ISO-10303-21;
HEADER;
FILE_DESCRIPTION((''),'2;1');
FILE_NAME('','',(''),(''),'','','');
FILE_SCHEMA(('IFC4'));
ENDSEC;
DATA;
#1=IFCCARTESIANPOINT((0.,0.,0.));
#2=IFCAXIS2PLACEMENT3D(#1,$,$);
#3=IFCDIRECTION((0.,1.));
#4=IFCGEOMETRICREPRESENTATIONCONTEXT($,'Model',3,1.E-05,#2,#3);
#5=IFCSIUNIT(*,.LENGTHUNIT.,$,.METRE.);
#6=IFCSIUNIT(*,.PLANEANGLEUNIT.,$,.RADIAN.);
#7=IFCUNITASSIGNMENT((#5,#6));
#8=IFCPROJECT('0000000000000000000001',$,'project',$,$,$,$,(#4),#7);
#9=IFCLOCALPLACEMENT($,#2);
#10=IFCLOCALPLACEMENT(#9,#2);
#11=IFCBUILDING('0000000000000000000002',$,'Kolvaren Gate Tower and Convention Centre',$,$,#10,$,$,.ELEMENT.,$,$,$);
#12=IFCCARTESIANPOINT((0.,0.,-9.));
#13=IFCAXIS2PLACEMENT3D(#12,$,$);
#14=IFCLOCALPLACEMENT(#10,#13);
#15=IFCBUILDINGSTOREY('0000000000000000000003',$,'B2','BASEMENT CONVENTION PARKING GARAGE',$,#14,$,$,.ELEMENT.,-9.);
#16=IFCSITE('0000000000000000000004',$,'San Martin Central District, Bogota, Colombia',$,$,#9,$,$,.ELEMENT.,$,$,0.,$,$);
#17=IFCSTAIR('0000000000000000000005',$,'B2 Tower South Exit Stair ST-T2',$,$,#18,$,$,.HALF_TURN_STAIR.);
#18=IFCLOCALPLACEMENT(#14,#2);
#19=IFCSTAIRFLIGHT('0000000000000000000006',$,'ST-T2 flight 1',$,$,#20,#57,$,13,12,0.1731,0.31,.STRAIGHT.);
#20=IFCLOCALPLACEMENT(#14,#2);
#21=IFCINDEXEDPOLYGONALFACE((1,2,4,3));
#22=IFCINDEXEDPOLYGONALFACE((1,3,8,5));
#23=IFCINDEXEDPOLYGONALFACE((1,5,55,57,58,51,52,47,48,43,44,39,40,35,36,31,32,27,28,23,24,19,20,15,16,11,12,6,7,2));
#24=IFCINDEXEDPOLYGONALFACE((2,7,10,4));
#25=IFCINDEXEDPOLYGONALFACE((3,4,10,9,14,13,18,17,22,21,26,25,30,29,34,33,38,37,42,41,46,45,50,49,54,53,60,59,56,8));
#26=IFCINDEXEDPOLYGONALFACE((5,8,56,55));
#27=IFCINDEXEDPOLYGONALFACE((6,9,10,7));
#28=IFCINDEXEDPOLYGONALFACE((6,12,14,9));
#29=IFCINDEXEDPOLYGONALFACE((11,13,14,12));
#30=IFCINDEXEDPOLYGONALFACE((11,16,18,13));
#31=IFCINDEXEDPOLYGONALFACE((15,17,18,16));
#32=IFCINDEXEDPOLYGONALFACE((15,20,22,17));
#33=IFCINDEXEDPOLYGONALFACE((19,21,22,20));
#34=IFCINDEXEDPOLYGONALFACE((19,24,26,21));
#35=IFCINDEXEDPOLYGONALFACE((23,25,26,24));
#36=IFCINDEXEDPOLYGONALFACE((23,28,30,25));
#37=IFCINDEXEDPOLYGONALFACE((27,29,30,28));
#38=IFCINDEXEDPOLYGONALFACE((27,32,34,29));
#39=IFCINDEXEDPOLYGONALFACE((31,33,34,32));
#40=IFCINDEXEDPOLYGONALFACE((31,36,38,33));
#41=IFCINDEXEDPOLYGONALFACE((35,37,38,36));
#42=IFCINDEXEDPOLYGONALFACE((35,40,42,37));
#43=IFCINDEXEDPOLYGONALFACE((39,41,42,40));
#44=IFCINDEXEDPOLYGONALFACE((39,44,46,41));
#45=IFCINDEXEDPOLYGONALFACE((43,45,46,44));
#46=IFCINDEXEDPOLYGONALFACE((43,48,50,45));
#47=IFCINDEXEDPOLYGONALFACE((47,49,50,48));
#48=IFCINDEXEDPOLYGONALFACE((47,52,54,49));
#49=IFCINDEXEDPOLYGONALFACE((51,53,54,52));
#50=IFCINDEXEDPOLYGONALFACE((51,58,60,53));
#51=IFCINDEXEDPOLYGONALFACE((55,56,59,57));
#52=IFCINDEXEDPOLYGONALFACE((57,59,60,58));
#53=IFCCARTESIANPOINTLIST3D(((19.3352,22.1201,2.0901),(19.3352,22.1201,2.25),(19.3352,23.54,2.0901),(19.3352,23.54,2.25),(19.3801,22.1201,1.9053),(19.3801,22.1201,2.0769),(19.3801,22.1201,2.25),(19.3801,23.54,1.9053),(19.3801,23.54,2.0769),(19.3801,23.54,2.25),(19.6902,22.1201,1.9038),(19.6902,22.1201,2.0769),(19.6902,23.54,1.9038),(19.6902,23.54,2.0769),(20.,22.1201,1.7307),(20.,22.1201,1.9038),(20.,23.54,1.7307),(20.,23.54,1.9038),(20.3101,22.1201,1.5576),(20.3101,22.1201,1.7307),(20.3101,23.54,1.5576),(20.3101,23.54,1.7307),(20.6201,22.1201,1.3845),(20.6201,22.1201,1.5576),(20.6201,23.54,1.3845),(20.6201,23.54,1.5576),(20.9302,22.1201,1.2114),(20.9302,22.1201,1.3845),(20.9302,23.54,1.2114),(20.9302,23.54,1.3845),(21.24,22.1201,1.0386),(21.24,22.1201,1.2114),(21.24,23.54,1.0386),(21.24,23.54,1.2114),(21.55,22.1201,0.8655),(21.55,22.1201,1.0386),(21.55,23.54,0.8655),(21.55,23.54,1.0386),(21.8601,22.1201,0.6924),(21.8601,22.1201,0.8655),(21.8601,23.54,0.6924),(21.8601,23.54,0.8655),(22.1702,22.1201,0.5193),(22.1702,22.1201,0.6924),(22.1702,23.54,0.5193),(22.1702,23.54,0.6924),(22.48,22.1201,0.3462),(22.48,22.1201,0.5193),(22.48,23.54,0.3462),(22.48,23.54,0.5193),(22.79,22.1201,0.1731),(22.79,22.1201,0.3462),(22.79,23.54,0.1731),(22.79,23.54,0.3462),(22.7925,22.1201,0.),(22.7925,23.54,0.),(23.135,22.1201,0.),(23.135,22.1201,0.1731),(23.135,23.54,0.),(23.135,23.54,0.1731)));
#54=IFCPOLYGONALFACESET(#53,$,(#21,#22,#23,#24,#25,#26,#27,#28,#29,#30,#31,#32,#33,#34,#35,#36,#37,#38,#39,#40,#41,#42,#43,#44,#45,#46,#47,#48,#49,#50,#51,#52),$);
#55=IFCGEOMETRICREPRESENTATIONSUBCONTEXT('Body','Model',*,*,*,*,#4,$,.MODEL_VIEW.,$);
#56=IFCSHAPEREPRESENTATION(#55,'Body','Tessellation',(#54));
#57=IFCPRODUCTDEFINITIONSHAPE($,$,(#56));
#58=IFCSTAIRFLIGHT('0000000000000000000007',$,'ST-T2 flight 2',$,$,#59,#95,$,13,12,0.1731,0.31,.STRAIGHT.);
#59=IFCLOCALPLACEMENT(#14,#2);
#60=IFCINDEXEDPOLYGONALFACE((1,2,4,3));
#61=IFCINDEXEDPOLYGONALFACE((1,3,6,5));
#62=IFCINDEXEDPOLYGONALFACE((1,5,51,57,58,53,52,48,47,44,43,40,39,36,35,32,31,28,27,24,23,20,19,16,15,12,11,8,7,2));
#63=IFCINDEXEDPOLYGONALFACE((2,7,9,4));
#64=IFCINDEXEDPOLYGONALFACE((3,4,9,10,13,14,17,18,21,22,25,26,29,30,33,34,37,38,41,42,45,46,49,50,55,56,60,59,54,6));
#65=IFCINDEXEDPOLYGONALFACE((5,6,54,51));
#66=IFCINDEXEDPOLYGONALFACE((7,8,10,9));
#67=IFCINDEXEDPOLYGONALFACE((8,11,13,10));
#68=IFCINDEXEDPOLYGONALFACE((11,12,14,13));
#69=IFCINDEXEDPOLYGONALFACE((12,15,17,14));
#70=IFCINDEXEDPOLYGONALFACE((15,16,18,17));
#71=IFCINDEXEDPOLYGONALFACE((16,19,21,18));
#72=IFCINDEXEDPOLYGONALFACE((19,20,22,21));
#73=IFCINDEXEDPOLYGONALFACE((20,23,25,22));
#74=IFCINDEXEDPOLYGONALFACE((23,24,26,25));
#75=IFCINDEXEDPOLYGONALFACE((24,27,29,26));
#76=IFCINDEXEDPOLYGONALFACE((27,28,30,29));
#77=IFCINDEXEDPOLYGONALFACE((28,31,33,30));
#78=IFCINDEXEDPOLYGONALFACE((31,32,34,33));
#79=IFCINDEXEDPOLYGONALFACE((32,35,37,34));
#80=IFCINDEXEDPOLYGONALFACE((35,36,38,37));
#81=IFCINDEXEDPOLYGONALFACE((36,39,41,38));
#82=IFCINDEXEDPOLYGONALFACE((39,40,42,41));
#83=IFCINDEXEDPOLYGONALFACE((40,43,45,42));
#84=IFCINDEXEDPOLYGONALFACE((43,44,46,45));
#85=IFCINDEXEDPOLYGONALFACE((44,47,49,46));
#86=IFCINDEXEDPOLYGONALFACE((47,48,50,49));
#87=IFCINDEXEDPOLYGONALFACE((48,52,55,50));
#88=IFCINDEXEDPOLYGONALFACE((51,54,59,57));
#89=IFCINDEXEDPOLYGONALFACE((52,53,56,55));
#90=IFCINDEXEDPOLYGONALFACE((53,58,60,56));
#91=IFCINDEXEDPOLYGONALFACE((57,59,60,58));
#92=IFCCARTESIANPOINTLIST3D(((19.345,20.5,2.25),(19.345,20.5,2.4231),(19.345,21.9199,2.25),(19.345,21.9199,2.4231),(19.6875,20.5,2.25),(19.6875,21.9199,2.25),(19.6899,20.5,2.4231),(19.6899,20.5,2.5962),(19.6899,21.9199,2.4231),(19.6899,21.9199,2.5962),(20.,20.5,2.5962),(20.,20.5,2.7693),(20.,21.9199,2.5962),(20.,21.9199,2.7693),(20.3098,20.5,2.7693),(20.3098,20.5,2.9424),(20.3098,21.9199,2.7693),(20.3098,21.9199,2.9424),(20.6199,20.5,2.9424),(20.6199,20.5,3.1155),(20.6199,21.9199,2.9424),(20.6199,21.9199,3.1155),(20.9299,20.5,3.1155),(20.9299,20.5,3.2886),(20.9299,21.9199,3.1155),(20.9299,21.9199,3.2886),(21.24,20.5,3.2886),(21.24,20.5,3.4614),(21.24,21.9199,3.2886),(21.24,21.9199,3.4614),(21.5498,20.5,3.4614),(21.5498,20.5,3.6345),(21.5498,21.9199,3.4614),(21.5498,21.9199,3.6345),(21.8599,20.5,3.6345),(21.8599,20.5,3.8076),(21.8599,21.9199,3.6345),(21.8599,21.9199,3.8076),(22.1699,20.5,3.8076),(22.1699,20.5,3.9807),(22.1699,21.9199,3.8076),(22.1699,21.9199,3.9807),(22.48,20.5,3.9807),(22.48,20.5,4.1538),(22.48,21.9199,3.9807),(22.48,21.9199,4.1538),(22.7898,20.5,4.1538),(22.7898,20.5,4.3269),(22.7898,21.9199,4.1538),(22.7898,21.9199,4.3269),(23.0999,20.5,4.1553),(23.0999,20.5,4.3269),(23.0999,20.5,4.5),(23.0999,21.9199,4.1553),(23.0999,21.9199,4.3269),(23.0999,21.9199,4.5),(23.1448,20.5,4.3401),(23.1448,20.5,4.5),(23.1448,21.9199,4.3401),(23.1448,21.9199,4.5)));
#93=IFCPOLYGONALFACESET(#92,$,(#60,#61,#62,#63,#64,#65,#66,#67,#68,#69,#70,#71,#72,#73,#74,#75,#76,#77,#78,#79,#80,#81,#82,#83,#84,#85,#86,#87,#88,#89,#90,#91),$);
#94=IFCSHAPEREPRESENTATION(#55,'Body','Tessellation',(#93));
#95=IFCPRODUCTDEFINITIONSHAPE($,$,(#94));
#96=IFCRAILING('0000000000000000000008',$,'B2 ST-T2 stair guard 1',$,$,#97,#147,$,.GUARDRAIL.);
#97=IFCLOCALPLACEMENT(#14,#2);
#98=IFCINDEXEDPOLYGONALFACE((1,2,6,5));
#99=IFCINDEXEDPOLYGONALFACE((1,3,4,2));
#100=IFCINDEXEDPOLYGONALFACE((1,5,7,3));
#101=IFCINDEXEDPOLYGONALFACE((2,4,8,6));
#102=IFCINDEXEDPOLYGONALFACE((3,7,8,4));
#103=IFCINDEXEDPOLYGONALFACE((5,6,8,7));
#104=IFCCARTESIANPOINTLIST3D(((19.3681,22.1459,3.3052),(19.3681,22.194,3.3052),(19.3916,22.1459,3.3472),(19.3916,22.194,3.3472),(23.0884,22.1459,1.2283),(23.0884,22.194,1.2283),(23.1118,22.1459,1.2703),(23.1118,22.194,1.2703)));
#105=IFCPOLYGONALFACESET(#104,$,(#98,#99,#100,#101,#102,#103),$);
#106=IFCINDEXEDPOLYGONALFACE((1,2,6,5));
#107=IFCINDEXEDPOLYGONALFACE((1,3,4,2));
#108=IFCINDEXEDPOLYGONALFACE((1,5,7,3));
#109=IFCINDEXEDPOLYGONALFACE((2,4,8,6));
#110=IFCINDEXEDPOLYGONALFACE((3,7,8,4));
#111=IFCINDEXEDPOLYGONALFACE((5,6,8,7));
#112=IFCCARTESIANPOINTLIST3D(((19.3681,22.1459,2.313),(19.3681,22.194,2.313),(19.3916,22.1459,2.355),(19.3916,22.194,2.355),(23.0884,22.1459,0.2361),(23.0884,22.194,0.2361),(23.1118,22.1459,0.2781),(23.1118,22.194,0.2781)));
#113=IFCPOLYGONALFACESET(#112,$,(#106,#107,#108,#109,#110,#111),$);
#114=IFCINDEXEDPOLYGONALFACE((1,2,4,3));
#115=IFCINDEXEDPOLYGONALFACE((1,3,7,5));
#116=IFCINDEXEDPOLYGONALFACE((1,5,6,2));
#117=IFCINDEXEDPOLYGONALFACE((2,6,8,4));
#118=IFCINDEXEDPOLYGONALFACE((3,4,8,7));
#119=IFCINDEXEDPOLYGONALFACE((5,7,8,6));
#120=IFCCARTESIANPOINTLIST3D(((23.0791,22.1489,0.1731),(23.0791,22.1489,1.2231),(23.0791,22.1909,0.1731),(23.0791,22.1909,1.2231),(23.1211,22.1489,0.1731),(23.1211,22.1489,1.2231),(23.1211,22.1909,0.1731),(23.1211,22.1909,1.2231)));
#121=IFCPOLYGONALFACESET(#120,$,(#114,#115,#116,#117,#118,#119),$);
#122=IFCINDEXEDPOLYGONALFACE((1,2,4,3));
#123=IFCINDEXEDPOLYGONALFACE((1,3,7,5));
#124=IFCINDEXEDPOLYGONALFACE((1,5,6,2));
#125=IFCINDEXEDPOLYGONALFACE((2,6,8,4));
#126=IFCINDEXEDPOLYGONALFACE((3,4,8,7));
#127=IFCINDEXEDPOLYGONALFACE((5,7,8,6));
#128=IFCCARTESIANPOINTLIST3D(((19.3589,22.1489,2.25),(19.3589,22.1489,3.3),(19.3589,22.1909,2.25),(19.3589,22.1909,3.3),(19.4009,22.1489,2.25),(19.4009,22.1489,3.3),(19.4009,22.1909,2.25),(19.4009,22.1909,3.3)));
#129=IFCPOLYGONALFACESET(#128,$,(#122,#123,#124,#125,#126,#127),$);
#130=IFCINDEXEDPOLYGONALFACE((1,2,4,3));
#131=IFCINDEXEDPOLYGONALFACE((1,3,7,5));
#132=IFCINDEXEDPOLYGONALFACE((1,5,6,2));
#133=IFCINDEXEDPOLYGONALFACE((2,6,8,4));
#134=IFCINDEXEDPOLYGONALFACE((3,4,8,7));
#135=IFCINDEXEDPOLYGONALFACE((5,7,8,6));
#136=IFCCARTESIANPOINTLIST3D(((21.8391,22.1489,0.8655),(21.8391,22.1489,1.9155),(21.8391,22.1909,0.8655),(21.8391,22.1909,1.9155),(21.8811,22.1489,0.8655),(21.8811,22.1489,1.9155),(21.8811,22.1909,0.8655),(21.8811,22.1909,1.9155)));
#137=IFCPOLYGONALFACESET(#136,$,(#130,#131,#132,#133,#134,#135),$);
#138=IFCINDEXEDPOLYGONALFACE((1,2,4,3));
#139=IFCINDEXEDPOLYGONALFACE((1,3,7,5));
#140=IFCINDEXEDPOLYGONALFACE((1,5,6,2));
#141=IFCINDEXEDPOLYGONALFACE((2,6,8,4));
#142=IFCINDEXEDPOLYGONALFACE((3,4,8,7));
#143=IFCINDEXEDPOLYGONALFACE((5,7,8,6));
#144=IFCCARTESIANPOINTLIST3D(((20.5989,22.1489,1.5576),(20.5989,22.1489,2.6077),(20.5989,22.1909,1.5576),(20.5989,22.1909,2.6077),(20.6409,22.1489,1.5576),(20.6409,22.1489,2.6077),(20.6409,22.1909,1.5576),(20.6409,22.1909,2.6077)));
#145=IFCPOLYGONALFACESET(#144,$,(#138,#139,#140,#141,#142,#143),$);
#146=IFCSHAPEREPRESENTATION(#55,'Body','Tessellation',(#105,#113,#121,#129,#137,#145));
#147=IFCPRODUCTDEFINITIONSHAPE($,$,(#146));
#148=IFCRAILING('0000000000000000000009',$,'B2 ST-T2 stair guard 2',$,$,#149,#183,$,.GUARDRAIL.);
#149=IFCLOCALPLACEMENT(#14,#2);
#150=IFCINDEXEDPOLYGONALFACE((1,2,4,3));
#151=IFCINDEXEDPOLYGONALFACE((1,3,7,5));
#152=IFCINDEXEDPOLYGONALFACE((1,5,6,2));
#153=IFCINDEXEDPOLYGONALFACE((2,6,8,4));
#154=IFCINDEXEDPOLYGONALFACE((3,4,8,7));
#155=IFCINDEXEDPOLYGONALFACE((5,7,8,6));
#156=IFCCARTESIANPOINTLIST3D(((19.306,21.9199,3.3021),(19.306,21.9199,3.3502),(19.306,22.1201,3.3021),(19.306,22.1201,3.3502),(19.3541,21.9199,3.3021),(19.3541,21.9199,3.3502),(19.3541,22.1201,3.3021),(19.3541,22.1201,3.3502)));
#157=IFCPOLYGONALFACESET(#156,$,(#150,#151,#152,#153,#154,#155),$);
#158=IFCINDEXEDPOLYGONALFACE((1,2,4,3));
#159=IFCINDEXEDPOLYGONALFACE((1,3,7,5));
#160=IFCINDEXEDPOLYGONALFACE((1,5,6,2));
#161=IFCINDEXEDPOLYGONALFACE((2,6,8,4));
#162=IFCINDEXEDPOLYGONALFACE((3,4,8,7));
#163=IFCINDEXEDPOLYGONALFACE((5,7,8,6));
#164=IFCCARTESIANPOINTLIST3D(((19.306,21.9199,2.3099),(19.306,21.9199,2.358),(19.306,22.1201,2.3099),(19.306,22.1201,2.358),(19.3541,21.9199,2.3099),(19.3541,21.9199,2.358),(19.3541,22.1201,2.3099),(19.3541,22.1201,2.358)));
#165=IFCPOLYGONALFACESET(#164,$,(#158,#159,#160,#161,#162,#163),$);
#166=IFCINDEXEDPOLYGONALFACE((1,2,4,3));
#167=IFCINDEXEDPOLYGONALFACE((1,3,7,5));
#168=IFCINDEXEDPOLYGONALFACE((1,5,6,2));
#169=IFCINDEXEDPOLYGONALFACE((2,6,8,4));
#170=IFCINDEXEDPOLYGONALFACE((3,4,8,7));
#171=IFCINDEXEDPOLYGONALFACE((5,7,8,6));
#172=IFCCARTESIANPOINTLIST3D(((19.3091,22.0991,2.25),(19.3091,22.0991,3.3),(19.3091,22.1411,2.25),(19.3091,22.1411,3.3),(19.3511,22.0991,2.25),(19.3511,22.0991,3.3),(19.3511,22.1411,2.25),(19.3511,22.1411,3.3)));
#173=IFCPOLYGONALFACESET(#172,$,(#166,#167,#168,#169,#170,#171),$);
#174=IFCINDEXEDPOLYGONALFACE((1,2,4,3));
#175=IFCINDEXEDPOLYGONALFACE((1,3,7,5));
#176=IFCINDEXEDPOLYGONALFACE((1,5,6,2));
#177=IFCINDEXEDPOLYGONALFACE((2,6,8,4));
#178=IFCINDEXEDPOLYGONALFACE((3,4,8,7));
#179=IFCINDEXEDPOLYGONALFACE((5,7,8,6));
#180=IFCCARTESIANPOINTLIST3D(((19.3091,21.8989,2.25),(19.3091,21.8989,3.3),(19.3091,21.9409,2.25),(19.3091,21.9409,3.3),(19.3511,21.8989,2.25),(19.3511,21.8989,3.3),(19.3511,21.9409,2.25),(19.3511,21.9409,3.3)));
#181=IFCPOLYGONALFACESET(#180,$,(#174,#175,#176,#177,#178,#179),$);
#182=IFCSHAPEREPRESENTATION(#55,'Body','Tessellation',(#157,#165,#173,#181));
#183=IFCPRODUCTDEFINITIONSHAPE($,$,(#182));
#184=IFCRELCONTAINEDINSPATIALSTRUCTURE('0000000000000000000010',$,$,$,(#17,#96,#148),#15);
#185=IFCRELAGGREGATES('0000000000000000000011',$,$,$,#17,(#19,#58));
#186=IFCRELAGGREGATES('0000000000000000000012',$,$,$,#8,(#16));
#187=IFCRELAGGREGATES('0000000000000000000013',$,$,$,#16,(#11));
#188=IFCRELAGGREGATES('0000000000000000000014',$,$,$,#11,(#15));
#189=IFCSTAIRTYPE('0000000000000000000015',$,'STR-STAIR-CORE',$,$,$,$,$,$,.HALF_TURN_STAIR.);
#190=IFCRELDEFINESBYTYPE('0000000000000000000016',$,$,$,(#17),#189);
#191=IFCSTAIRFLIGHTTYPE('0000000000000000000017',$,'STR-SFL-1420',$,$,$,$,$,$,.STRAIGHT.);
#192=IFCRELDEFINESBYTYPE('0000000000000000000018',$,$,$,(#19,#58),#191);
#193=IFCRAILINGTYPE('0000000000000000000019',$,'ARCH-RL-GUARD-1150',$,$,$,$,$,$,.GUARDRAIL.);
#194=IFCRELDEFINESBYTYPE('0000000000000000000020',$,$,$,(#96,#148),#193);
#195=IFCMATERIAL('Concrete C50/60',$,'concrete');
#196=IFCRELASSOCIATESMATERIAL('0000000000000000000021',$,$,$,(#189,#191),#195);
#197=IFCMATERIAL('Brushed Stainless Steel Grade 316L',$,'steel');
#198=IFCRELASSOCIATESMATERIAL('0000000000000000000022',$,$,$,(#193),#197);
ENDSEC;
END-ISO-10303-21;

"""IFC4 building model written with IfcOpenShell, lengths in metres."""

from ifc_helpers import new_model, si_unit, direction, frame, origin, origin_2d, place, context, subcontext, project, spatial, polyline, rectangle, outline, extrude, material, type_object, element, aggregate, save


model = new_model("IFC4")

# Units and contexts
model_context = context("Model", 3, precision=1e-05, world=origin(), true_north=direction((0.0, 1.0)))
body_context = subcontext(model_context, "Body", "Model", "MODEL_VIEW")
ifc_project = project(units=[si_unit("LENGTHUNIT", "METRE"), si_unit("PLANEANGLEUNIT", "RADIAN")], contexts=[model_context])

# Site, building, storey
site_placement = place(None, origin())
site = spatial("IfcSite", under=ifc_project, at=site_placement, Name="San Martin Central District, Bogota, Colombia", CompositionType="ELEMENT", RefElevation=0.0)
building_placement = place(site_placement, origin())
building = spatial("IfcBuilding", under=site, at=building_placement, Name="Kolvaren Gate Tower and Convention Centre", CompositionType="ELEMENT")
storey_placement = place(building_placement, frame((0.0, 0.0, -9.0)))
storey = spatial("IfcBuildingStorey", under=building, at=storey_placement, Name="B2", Description="BASEMENT CONVENTION PARKING GARAGE", CompositionType="ELEMENT", Elevation=-9.0)

# Shared definitions
ifc_material_1 = material(Name="Brushed Stainless Steel Grade 316L", Category="steel")

# Shared definitions
ifc_material_2 = material(Name="Concrete C50/60", Category="concrete")

# Stair, stair flights
stair_type = type_object("IfcStairType", Name="STR-STAIR-CORE", PredefinedType="HALF_TURN_STAIR", material=ifc_material_2)
stair_placement = place(storey_placement, origin())
stair = element("IfcStair", 1, at=stair_placement, inside=storey, type_object=stair_type, Name="B2 Tower South Exit Stair ST-T2", PredefinedType="HALF_TURN_STAIR")
stair_flight_type = type_object("IfcStairFlightType", Name="STR-SFL-1420", PredefinedType="STRAIGHT", material=ifc_material_2)
stair_flight_1_placement = place(storey_placement, frame((23.1001, 22.8301, 0.0), z_axis=(0.0, 0.0, 1.0), x_axis=(-1.0, 0.0, 0.0)))
stair_flight_1 = element("IfcStairFlight", 2, at=stair_flight_1_placement, type_object=stair_flight_type, Name="ST-T2 flight 1", NumberOfRisers=13, NumberOfTreads=12, PredefinedType="STRAIGHT", RiserHeight=0.1731, TreadLength=0.31, context=body_context, shape_type="SweptSolid", body=[
    extrude(outline(polyline([(-0.0349, 0.0), (-0.0349, 0.1731), (0.3101, 0.1731), (0.3101, 0.3462), (0.6201, 0.3462), (0.6201, 0.5193), (0.9299, 0.5193), (0.9299, 0.6924), (1.24, 0.6924), (1.24, 0.8655), (1.55, 0.8655), (1.55, 1.0386), (1.8601, 1.0386), (1.8601, 1.2114), (2.1699, 1.2114), (2.1699, 1.3845), (2.48, 1.3845), (2.48, 1.5576), (2.79, 1.5576), (2.79, 1.7307), (3.1001, 1.7307), (3.1001, 1.9038), (3.4099, 1.9038), (3.4099, 2.0769), (3.72, 2.0769), (3.72, 2.25), (3.7649, 2.25), (3.7649, 2.0901), (3.72, 1.9053), (0.3076, 0.0), (-0.0349, 0.0)])), frame((0.0, 0.71, 0.0), z_axis=(0.0, -1.0, 0.0), x_axis=(1.0, 0.0, 0.0)), (0.0, 0.0, 1.0), 1.4199),
])
stair_flight_2_placement = place(storey_placement, frame((19.3799, 21.21, 2.25), z_axis=(0.0, 0.0, 1.0), x_axis=(1.0, 0.0, 0.0)))
stair_flight_2 = element("IfcStairFlight", 3, at=stair_flight_2_placement, type_object=stair_flight_type, Name="ST-T2 flight 2", NumberOfRisers=13, NumberOfTreads=12, PredefinedType="STRAIGHT", RiserHeight=0.1731, TreadLength=0.31, context=body_context, shape_type="SweptSolid", body=[
    extrude(outline(polyline([(-0.0349, 0.0), (-0.0349, 0.1731), (0.3101, 0.1731), (0.3101, 0.3462), (0.6201, 0.3462), (0.6201, 0.5193), (0.9299, 0.5193), (0.9299, 0.6924), (1.24, 0.6924), (1.24, 0.8655), (1.55, 0.8655), (1.55, 1.0386), (1.8601, 1.0386), (1.8601, 1.2114), (2.1699, 1.2114), (2.1699, 1.3845), (2.48, 1.3845), (2.48, 1.5576), (2.79, 1.5576), (2.79, 1.7307), (3.1001, 1.7307), (3.1001, 1.9038), (3.4099, 1.9038), (3.4099, 2.0769), (3.72, 2.0769), (3.72, 2.25), (3.7649, 2.25), (3.7649, 2.0901), (3.72, 1.9053), (0.3076, 0.0), (-0.0349, 0.0)])), frame((0.0, 0.71, 0.0), z_axis=(0.0, -1.0, 0.0), x_axis=(1.0, 0.0, 0.0)), (0.0, 0.0, 1.0), 1.4199),
])
aggregate(stair, [stair_flight_1, stair_flight_2])

# Railings
railing_type_1 = type_object("IfcRailingType", Name="ARCH-RL-GUARD-1150", PredefinedType="GUARDRAIL", material=ifc_material_1)
railing_1_placement = place(storey_placement, frame((23.1001, 22.1699, 0.1731)))
element("IfcRailing", 4, at=railing_1_placement, inside=storey, type_object=railing_type_1, Name="B2 ST-T2 stair guard 1", PredefinedType="GUARDRAIL", context=body_context, shape_type="SweptSolid", body=[
    extrude(rectangle(XDim=0.0481, YDim=0.0481, at=origin_2d()), frame((0.0, 0.0, 1.0762), z_axis=(-0.873147, 0.0, 0.487457), x_axis=(0.0, -1.0, 0.0)), (0.0, 0.0, 1.0), 4.2607),
    extrude(rectangle(XDim=0.0481, YDim=0.0481, at=origin_2d()), frame((0.0, 0.0, 0.084), z_axis=(-0.873147, 0.0, 0.487457), x_axis=(0.0, -1.0, 0.0)), (0.0, 0.0, 1.0), 4.2607),
    extrude(rectangle(XDim=0.042, YDim=0.042, at=origin_2d()), origin(), (0.0, 0.0, 1.0), 1.05),
    extrude(rectangle(XDim=0.042, YDim=0.042, at=origin_2d()), frame((-3.7202, 0.0, 2.0769)), (0.0, 0.0, 1.0), 1.05),
    extrude(rectangle(XDim=0.042, YDim=0.042, at=origin_2d()), frame((-1.24, 0.0, 0.6924)), (0.0, 0.0, 1.0), 1.05),
    extrude(rectangle(XDim=0.042, YDim=0.042, at=origin_2d()), frame((-2.4802, 0.0, 1.3845)), (0.0, 0.0, 1.0), 1.05),
])
railing_2_placement = place(storey_placement, frame((19.3301, 22.1201, 2.25)))
element("IfcRailing", 5, at=railing_2_placement, inside=storey, type_object=railing_type_1, Name="B2 ST-T2 stair guard 2", PredefinedType="GUARDRAIL", context=body_context, shape_type="SweptSolid", body=[
    extrude(rectangle(XDim=0.0481, YDim=0.0481, at=origin_2d()), frame((0.0, 0.0, 1.0762), z_axis=(0.0, -1.0, 0.0), x_axis=(1.0, 0.0, 0.0)), (0.0, 0.0, 1.0), 0.2002),
    extrude(rectangle(XDim=0.0481, YDim=0.0481, at=origin_2d()), frame((0.0, 0.0, 0.084), z_axis=(0.0, -1.0, 0.0), x_axis=(1.0, 0.0, 0.0)), (0.0, 0.0, 1.0), 0.2002),
    extrude(rectangle(XDim=0.042, YDim=0.042, at=origin_2d()), origin(), (0.0, 0.0, 1.0), 1.05),
    extrude(rectangle(XDim=0.042, YDim=0.042, at=origin_2d()), frame((0.0, -0.2002, 0.0)), (0.0, 0.0, 1.0), 1.05),
])

save(model, "model.ifc")
